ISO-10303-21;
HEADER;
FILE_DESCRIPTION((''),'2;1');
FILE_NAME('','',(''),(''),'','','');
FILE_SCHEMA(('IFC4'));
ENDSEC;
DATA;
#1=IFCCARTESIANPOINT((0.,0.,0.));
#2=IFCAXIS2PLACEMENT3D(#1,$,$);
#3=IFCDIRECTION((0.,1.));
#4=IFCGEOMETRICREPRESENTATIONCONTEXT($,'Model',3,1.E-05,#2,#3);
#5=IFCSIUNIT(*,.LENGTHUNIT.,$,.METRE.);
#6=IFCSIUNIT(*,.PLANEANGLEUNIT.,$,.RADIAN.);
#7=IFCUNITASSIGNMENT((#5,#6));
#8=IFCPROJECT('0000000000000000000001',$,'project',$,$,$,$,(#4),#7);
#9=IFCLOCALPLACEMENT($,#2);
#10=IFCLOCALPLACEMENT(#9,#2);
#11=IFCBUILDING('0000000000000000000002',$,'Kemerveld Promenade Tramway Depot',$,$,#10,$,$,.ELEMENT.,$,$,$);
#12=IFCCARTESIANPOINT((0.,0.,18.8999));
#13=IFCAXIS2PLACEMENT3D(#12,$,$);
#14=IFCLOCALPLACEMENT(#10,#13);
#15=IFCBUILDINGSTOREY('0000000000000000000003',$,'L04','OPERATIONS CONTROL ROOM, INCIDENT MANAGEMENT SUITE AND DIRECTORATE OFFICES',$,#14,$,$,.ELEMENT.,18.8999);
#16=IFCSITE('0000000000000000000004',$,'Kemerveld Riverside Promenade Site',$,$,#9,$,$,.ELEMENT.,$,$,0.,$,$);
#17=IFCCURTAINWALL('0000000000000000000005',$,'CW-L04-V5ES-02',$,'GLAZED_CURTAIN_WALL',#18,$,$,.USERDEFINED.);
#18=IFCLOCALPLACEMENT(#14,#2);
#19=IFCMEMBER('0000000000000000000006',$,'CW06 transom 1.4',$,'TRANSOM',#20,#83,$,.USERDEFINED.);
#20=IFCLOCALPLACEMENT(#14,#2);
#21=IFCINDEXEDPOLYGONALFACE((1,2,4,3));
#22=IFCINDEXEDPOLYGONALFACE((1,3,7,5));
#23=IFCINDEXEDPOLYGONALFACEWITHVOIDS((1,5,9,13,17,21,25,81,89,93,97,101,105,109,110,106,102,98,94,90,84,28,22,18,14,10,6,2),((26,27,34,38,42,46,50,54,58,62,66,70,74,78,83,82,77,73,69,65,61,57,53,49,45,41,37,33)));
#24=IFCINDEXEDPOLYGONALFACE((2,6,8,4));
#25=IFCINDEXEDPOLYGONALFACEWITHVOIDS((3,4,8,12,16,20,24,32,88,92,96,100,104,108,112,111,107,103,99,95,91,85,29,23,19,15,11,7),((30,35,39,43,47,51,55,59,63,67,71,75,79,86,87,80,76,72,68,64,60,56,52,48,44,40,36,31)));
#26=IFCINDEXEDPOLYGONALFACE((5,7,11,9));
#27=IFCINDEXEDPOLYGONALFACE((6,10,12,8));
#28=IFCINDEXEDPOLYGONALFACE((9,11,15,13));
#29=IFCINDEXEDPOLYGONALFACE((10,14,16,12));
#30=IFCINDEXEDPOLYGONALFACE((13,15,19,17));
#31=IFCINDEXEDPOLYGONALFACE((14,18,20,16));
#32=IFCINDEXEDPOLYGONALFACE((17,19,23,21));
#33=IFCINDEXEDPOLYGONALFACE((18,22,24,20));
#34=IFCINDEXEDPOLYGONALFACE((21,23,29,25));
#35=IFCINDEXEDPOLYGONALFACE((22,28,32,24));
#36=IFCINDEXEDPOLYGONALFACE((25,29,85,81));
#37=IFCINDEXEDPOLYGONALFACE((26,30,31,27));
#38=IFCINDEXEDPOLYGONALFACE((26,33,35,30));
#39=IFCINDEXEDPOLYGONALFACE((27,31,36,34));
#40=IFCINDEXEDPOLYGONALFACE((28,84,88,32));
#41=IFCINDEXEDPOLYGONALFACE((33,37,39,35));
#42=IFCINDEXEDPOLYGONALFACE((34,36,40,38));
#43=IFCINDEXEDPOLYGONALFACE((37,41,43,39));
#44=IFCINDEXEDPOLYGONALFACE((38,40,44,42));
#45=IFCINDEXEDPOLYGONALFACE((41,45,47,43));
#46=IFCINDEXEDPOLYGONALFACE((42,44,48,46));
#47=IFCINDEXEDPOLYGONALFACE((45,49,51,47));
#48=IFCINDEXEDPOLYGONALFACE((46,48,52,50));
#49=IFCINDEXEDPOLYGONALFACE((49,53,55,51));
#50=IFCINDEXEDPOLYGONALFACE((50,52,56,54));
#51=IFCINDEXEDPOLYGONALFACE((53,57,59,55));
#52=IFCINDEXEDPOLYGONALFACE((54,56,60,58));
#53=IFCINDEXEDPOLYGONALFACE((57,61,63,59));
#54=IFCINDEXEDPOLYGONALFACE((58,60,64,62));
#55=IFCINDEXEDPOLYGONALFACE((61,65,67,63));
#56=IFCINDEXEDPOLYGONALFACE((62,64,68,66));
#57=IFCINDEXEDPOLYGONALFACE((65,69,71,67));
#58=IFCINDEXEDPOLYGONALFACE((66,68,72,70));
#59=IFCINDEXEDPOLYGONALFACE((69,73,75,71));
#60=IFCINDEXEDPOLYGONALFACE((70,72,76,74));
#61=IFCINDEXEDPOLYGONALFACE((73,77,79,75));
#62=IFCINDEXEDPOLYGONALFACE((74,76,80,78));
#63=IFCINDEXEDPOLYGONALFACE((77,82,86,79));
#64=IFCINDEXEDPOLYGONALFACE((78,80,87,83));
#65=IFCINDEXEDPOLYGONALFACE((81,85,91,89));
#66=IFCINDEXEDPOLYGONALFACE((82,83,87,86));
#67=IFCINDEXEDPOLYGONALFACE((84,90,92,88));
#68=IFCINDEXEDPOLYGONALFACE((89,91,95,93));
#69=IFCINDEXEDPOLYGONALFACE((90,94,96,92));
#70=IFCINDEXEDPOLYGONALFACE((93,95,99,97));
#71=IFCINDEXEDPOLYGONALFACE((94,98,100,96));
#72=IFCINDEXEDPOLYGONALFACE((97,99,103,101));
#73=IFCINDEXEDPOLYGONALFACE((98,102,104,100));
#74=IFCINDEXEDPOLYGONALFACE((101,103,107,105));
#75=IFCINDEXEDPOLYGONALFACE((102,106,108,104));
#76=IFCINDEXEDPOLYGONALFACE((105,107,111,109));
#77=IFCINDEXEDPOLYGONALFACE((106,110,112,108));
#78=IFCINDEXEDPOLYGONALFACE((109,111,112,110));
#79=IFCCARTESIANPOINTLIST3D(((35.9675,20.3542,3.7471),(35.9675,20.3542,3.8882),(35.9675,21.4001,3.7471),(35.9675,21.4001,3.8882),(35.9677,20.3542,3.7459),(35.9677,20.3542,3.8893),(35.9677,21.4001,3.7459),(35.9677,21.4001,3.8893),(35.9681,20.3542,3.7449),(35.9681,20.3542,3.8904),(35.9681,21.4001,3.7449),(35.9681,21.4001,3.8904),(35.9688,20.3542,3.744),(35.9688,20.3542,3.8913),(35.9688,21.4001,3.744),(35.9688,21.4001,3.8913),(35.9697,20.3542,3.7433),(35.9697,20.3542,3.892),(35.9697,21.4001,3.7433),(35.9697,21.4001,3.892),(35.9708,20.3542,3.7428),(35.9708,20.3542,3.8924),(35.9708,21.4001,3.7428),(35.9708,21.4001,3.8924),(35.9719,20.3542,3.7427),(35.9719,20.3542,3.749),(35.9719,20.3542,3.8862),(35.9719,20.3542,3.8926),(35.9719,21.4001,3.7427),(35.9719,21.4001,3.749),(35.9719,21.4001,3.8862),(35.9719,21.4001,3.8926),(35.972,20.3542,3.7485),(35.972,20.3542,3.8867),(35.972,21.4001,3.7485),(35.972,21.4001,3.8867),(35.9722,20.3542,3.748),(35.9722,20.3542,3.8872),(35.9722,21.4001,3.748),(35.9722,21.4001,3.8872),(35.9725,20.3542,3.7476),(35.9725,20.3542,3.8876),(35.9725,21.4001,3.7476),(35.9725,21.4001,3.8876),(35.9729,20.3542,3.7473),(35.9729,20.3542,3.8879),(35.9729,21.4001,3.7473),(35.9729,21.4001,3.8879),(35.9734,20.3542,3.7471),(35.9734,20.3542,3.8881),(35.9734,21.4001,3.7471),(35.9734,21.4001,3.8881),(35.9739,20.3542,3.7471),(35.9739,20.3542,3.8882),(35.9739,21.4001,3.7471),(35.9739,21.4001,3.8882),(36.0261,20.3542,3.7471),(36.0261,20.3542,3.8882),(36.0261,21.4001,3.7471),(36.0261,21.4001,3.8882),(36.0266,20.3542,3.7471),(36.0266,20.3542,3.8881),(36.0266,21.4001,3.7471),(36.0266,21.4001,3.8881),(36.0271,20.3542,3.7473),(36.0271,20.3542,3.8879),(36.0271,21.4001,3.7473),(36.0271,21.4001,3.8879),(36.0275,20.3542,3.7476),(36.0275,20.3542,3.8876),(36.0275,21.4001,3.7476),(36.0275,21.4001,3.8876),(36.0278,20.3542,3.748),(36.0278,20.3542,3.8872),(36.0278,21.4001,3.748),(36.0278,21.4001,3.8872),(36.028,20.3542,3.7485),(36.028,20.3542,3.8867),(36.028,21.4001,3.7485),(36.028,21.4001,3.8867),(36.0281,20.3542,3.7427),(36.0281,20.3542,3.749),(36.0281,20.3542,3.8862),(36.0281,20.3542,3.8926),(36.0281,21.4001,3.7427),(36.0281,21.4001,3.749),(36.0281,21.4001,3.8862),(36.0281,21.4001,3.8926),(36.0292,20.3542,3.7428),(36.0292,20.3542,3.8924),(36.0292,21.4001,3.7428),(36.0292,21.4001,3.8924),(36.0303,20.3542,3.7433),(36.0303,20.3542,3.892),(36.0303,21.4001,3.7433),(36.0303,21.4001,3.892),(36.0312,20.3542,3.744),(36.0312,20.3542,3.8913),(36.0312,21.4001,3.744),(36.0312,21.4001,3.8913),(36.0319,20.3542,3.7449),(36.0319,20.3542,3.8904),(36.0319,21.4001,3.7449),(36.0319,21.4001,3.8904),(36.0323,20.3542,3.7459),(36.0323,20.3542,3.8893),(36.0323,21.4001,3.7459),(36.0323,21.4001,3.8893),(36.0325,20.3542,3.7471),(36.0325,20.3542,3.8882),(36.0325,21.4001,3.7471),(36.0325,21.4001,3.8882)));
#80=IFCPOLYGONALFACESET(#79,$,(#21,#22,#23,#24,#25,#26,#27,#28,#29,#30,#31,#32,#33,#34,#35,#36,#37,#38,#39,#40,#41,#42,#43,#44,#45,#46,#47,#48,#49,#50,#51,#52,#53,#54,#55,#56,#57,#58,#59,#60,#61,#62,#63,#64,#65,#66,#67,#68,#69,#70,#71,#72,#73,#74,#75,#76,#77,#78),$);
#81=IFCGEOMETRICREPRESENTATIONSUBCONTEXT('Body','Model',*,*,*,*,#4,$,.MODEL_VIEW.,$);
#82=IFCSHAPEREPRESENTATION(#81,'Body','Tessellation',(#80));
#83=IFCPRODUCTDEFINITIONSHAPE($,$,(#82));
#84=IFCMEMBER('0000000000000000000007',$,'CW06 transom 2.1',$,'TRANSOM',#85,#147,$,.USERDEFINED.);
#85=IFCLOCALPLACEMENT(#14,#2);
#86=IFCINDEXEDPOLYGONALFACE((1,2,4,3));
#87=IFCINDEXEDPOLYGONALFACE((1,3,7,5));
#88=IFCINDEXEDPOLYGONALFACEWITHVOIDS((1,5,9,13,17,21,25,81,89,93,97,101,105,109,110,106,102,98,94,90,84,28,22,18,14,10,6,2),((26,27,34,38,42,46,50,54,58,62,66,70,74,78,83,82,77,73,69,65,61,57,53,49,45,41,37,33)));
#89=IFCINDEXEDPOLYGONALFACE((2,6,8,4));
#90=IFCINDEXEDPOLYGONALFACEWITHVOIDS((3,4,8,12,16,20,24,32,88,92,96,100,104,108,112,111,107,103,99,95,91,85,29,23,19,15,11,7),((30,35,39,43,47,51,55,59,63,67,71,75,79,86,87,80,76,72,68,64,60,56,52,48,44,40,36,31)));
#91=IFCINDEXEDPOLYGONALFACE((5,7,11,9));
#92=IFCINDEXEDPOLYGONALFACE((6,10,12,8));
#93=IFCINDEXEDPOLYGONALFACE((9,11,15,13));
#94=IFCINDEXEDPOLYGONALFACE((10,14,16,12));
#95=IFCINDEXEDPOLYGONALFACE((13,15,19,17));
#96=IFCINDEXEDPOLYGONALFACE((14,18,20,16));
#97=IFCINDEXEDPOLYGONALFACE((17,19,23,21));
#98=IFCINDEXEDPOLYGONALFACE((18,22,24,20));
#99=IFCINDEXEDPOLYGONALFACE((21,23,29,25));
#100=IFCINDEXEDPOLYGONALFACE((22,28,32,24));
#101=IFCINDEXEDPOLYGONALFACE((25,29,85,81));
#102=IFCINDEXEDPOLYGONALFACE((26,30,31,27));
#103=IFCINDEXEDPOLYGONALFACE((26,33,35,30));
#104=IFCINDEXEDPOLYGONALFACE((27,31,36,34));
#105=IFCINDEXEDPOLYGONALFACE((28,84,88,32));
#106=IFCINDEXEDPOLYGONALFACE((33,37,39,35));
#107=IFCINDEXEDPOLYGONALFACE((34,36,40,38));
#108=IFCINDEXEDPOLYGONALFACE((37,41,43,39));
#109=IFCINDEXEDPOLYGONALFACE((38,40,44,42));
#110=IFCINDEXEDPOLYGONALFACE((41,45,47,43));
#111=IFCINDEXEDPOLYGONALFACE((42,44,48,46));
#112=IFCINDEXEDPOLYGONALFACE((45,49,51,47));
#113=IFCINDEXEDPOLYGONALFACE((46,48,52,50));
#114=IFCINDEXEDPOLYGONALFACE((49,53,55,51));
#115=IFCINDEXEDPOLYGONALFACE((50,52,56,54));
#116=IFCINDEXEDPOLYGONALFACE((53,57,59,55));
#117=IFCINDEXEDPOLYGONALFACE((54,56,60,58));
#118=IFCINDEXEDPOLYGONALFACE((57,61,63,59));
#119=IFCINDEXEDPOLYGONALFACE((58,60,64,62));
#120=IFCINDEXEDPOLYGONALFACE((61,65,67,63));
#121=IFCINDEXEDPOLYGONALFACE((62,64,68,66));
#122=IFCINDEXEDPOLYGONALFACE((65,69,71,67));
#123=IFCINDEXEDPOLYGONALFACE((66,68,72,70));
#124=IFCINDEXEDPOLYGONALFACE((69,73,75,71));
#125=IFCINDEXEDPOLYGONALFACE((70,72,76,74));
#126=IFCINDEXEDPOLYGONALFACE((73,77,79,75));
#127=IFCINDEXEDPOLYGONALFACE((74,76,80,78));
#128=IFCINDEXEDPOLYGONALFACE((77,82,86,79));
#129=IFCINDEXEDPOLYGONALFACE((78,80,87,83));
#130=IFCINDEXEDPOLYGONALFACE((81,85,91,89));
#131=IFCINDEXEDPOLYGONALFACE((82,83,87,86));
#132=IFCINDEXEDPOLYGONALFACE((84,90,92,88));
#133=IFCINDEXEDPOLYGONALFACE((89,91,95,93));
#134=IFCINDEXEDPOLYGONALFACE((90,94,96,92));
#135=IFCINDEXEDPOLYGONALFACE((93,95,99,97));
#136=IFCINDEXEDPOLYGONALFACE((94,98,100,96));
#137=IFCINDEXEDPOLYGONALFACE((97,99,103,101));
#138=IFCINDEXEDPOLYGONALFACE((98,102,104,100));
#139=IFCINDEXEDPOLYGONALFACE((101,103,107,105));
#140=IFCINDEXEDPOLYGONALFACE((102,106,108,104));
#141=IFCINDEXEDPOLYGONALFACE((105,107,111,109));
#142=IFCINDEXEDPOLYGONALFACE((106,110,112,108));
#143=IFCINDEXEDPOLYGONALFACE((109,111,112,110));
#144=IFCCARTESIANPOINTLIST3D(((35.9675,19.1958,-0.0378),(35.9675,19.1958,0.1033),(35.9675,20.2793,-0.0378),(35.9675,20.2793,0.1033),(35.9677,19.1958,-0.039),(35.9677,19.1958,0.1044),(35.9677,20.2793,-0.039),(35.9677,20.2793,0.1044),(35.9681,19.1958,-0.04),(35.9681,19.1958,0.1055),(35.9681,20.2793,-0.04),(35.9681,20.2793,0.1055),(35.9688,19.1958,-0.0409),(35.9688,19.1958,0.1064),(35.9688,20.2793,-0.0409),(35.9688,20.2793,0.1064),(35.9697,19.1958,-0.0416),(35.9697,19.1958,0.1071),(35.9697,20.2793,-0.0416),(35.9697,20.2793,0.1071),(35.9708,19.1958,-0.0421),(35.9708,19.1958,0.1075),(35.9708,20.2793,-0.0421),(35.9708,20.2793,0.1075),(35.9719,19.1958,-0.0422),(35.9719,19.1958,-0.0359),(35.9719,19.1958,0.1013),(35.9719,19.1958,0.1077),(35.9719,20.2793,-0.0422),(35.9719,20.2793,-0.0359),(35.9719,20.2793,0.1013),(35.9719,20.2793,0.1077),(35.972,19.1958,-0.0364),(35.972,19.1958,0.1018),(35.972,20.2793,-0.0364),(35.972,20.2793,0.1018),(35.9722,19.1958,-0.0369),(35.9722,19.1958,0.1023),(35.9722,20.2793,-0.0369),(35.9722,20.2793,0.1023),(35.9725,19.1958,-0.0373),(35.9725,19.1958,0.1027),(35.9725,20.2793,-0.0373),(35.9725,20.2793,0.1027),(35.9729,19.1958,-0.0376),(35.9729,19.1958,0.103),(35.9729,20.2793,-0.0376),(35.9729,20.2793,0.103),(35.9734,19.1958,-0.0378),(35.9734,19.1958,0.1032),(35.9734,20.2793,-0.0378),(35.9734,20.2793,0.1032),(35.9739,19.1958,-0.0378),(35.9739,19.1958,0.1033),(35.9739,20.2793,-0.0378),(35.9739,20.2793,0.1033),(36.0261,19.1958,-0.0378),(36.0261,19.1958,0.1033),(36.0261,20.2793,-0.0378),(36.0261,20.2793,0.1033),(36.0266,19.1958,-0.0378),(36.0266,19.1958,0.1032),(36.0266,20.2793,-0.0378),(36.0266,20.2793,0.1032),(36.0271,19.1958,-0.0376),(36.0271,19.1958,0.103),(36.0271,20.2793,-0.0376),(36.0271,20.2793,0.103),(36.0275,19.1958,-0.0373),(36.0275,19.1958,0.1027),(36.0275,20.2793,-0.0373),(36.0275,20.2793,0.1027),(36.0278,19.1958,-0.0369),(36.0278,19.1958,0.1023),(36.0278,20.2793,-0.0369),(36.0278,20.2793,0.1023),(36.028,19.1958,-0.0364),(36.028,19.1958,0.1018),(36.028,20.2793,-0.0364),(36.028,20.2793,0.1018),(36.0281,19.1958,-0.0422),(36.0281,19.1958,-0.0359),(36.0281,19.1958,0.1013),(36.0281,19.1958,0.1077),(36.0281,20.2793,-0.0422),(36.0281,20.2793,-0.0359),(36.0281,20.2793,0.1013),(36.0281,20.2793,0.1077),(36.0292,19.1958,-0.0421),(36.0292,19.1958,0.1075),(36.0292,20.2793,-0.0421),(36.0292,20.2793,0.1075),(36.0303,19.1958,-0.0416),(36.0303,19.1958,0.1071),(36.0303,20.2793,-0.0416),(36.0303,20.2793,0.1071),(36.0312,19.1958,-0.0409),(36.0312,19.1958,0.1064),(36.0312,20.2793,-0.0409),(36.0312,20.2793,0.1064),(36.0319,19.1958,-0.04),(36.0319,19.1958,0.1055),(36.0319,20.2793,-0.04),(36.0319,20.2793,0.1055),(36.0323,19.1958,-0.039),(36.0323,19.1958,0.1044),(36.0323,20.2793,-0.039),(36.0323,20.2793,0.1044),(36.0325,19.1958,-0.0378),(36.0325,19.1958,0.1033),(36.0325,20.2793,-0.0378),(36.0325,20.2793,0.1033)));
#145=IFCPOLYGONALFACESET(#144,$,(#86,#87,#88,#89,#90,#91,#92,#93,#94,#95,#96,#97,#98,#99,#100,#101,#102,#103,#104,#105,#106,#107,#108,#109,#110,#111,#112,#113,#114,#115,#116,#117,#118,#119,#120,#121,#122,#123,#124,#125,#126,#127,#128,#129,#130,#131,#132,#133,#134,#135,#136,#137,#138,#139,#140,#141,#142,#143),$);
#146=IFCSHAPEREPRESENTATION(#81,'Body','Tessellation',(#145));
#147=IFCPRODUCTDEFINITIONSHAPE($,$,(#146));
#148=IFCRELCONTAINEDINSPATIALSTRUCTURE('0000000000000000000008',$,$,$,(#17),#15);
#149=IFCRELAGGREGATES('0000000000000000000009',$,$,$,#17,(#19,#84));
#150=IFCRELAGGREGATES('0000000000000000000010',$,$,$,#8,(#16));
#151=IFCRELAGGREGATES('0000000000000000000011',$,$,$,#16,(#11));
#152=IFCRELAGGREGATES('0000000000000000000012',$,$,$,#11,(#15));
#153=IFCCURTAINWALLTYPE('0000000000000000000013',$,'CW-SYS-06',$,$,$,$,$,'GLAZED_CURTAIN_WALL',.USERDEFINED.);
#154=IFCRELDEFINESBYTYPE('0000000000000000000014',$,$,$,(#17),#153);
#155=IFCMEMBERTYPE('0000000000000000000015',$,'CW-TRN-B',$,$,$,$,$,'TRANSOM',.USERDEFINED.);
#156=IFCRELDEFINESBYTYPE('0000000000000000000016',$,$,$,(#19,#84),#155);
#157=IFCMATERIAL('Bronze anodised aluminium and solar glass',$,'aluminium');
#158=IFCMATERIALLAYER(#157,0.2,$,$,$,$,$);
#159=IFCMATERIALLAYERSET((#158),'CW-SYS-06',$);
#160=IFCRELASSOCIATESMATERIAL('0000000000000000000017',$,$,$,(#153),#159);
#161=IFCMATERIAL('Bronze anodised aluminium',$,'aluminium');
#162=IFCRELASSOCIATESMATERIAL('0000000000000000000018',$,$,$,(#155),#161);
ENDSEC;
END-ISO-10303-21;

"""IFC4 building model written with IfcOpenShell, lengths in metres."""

from ifc_helpers import new_model, si_unit, direction, frame, origin, origin_2d, place, context, subcontext, project, spatial, hollow_rectangle, extrude, material, layer, layer_set, material_profile, profile_set, type_object, element, aggregate, save


model = new_model("IFC4")

# Units and contexts
model_context = context("Model", 3, precision=1e-05, world=origin(), true_north=direction((0.0, 1.0)))
body_context = subcontext(model_context, "Body", "Model", "MODEL_VIEW")
ifc_project = project(units=[si_unit("LENGTHUNIT", "METRE"), si_unit("PLANEANGLEUNIT", "RADIAN")], contexts=[model_context])

# Site, building, storey
site_placement = place(None, origin())
site = spatial("IfcSite", under=ifc_project, at=site_placement, Name="Kemerveld Riverside Promenade Site", CompositionType="ELEMENT", RefElevation=0.0)
building_placement = place(site_placement, origin())
building = spatial("IfcBuilding", under=site, at=building_placement, Name="Kemerveld Promenade Tramway Depot", CompositionType="ELEMENT")
storey_placement = place(building_placement, frame((0.0, 0.0, 18.8999)))
storey = spatial("IfcBuildingStorey", under=building, at=storey_placement, Name="L04", Description="OPERATIONS CONTROL ROOM, INCIDENT MANAGEMENT SUITE AND DIRECTORATE OFFICES", CompositionType="ELEMENT", Elevation=18.8999)

# Curtain wall, members
ifc_material_1 = material(Name="Bronze anodised aluminium and solar glass", Category="aluminium")
ifc_layer_1 = layer(ifc_material_1, 0.2)
ifc_layer_set_1 = layer_set([ifc_layer_1], Name="CW-SYS-06")
curtain_wall_type = type_object("IfcCurtainWallType", Name="CW-SYS-06", ElementType="GLAZED_CURTAIN_WALL", PredefinedType="USERDEFINED", material=ifc_layer_set_1)
curtain_wall_placement = place(storey_placement, origin())
curtain_wall = element("IfcCurtainWall", 1, at=curtain_wall_placement, inside=storey, type_object=curtain_wall_type, Name="CW-L04-V5ES-02", ObjectType="GLAZED_CURTAIN_WALL", PredefinedType="USERDEFINED")
ifc_material_2 = material(Name="Bronze anodised aluminium", Category="aluminium")
ifc_material_profile_1 = material_profile(ifc_material_2, hollow_rectangle(XDim=0.0649, YDim=0.1499, WallThickness=0.0044, InnerFilletRadius=0.002, OuterFilletRadius=0.0044, at=origin_2d()), Name="CW-TRN-150x65")
ifc_profile_set_1 = profile_set([ifc_material_profile_1], Name="Bronze anodised aluminium")
member_type_1 = type_object("IfcMemberType", Name="CW-TRN-B", ElementType="TRANSOM", PredefinedType="USERDEFINED", material=ifc_profile_set_1)
member_1_placement = place(storey_placement, frame((36.0, 21.4001, 3.8176), z_axis=(0.0, -1.0, 0.0), x_axis=(1.0, 0.0, 0.0)))
member_1 = element("IfcMember", 2, at=member_1_placement, type_object=member_type_1, Name="CW06 transom 1.4", ObjectType="TRANSOM", PredefinedType="USERDEFINED", context=body_context, shape_type="SweptSolid", body=[
    extrude(hollow_rectangle(XDim=0.0649, YDim=0.1499, WallThickness=0.0044, InnerFilletRadius=0.002, OuterFilletRadius=0.0044, at=origin_2d()), origin(), (0.0, 0.0, 1.0), 1.0459),
])
member_2_placement = place(storey_placement, frame((36.0, 20.2793, 0.0327), z_axis=(0.0, -1.0, 0.0), x_axis=(1.0, 0.0, 0.0)))
member_2 = element("IfcMember", 3, at=member_2_placement, type_object=member_type_1, Name="CW06 transom 2.1", ObjectType="TRANSOM", PredefinedType="USERDEFINED", context=body_context, shape_type="SweptSolid", body=[
    extrude(hollow_rectangle(XDim=0.0649, YDim=0.1499, WallThickness=0.0044, InnerFilletRadius=0.002, OuterFilletRadius=0.0044, at=origin_2d()), origin(), (0.0, 0.0, 1.0), 1.0835),
])
aggregate(curtain_wall, [member_1, member_2])

save(model, "model.ifc")
